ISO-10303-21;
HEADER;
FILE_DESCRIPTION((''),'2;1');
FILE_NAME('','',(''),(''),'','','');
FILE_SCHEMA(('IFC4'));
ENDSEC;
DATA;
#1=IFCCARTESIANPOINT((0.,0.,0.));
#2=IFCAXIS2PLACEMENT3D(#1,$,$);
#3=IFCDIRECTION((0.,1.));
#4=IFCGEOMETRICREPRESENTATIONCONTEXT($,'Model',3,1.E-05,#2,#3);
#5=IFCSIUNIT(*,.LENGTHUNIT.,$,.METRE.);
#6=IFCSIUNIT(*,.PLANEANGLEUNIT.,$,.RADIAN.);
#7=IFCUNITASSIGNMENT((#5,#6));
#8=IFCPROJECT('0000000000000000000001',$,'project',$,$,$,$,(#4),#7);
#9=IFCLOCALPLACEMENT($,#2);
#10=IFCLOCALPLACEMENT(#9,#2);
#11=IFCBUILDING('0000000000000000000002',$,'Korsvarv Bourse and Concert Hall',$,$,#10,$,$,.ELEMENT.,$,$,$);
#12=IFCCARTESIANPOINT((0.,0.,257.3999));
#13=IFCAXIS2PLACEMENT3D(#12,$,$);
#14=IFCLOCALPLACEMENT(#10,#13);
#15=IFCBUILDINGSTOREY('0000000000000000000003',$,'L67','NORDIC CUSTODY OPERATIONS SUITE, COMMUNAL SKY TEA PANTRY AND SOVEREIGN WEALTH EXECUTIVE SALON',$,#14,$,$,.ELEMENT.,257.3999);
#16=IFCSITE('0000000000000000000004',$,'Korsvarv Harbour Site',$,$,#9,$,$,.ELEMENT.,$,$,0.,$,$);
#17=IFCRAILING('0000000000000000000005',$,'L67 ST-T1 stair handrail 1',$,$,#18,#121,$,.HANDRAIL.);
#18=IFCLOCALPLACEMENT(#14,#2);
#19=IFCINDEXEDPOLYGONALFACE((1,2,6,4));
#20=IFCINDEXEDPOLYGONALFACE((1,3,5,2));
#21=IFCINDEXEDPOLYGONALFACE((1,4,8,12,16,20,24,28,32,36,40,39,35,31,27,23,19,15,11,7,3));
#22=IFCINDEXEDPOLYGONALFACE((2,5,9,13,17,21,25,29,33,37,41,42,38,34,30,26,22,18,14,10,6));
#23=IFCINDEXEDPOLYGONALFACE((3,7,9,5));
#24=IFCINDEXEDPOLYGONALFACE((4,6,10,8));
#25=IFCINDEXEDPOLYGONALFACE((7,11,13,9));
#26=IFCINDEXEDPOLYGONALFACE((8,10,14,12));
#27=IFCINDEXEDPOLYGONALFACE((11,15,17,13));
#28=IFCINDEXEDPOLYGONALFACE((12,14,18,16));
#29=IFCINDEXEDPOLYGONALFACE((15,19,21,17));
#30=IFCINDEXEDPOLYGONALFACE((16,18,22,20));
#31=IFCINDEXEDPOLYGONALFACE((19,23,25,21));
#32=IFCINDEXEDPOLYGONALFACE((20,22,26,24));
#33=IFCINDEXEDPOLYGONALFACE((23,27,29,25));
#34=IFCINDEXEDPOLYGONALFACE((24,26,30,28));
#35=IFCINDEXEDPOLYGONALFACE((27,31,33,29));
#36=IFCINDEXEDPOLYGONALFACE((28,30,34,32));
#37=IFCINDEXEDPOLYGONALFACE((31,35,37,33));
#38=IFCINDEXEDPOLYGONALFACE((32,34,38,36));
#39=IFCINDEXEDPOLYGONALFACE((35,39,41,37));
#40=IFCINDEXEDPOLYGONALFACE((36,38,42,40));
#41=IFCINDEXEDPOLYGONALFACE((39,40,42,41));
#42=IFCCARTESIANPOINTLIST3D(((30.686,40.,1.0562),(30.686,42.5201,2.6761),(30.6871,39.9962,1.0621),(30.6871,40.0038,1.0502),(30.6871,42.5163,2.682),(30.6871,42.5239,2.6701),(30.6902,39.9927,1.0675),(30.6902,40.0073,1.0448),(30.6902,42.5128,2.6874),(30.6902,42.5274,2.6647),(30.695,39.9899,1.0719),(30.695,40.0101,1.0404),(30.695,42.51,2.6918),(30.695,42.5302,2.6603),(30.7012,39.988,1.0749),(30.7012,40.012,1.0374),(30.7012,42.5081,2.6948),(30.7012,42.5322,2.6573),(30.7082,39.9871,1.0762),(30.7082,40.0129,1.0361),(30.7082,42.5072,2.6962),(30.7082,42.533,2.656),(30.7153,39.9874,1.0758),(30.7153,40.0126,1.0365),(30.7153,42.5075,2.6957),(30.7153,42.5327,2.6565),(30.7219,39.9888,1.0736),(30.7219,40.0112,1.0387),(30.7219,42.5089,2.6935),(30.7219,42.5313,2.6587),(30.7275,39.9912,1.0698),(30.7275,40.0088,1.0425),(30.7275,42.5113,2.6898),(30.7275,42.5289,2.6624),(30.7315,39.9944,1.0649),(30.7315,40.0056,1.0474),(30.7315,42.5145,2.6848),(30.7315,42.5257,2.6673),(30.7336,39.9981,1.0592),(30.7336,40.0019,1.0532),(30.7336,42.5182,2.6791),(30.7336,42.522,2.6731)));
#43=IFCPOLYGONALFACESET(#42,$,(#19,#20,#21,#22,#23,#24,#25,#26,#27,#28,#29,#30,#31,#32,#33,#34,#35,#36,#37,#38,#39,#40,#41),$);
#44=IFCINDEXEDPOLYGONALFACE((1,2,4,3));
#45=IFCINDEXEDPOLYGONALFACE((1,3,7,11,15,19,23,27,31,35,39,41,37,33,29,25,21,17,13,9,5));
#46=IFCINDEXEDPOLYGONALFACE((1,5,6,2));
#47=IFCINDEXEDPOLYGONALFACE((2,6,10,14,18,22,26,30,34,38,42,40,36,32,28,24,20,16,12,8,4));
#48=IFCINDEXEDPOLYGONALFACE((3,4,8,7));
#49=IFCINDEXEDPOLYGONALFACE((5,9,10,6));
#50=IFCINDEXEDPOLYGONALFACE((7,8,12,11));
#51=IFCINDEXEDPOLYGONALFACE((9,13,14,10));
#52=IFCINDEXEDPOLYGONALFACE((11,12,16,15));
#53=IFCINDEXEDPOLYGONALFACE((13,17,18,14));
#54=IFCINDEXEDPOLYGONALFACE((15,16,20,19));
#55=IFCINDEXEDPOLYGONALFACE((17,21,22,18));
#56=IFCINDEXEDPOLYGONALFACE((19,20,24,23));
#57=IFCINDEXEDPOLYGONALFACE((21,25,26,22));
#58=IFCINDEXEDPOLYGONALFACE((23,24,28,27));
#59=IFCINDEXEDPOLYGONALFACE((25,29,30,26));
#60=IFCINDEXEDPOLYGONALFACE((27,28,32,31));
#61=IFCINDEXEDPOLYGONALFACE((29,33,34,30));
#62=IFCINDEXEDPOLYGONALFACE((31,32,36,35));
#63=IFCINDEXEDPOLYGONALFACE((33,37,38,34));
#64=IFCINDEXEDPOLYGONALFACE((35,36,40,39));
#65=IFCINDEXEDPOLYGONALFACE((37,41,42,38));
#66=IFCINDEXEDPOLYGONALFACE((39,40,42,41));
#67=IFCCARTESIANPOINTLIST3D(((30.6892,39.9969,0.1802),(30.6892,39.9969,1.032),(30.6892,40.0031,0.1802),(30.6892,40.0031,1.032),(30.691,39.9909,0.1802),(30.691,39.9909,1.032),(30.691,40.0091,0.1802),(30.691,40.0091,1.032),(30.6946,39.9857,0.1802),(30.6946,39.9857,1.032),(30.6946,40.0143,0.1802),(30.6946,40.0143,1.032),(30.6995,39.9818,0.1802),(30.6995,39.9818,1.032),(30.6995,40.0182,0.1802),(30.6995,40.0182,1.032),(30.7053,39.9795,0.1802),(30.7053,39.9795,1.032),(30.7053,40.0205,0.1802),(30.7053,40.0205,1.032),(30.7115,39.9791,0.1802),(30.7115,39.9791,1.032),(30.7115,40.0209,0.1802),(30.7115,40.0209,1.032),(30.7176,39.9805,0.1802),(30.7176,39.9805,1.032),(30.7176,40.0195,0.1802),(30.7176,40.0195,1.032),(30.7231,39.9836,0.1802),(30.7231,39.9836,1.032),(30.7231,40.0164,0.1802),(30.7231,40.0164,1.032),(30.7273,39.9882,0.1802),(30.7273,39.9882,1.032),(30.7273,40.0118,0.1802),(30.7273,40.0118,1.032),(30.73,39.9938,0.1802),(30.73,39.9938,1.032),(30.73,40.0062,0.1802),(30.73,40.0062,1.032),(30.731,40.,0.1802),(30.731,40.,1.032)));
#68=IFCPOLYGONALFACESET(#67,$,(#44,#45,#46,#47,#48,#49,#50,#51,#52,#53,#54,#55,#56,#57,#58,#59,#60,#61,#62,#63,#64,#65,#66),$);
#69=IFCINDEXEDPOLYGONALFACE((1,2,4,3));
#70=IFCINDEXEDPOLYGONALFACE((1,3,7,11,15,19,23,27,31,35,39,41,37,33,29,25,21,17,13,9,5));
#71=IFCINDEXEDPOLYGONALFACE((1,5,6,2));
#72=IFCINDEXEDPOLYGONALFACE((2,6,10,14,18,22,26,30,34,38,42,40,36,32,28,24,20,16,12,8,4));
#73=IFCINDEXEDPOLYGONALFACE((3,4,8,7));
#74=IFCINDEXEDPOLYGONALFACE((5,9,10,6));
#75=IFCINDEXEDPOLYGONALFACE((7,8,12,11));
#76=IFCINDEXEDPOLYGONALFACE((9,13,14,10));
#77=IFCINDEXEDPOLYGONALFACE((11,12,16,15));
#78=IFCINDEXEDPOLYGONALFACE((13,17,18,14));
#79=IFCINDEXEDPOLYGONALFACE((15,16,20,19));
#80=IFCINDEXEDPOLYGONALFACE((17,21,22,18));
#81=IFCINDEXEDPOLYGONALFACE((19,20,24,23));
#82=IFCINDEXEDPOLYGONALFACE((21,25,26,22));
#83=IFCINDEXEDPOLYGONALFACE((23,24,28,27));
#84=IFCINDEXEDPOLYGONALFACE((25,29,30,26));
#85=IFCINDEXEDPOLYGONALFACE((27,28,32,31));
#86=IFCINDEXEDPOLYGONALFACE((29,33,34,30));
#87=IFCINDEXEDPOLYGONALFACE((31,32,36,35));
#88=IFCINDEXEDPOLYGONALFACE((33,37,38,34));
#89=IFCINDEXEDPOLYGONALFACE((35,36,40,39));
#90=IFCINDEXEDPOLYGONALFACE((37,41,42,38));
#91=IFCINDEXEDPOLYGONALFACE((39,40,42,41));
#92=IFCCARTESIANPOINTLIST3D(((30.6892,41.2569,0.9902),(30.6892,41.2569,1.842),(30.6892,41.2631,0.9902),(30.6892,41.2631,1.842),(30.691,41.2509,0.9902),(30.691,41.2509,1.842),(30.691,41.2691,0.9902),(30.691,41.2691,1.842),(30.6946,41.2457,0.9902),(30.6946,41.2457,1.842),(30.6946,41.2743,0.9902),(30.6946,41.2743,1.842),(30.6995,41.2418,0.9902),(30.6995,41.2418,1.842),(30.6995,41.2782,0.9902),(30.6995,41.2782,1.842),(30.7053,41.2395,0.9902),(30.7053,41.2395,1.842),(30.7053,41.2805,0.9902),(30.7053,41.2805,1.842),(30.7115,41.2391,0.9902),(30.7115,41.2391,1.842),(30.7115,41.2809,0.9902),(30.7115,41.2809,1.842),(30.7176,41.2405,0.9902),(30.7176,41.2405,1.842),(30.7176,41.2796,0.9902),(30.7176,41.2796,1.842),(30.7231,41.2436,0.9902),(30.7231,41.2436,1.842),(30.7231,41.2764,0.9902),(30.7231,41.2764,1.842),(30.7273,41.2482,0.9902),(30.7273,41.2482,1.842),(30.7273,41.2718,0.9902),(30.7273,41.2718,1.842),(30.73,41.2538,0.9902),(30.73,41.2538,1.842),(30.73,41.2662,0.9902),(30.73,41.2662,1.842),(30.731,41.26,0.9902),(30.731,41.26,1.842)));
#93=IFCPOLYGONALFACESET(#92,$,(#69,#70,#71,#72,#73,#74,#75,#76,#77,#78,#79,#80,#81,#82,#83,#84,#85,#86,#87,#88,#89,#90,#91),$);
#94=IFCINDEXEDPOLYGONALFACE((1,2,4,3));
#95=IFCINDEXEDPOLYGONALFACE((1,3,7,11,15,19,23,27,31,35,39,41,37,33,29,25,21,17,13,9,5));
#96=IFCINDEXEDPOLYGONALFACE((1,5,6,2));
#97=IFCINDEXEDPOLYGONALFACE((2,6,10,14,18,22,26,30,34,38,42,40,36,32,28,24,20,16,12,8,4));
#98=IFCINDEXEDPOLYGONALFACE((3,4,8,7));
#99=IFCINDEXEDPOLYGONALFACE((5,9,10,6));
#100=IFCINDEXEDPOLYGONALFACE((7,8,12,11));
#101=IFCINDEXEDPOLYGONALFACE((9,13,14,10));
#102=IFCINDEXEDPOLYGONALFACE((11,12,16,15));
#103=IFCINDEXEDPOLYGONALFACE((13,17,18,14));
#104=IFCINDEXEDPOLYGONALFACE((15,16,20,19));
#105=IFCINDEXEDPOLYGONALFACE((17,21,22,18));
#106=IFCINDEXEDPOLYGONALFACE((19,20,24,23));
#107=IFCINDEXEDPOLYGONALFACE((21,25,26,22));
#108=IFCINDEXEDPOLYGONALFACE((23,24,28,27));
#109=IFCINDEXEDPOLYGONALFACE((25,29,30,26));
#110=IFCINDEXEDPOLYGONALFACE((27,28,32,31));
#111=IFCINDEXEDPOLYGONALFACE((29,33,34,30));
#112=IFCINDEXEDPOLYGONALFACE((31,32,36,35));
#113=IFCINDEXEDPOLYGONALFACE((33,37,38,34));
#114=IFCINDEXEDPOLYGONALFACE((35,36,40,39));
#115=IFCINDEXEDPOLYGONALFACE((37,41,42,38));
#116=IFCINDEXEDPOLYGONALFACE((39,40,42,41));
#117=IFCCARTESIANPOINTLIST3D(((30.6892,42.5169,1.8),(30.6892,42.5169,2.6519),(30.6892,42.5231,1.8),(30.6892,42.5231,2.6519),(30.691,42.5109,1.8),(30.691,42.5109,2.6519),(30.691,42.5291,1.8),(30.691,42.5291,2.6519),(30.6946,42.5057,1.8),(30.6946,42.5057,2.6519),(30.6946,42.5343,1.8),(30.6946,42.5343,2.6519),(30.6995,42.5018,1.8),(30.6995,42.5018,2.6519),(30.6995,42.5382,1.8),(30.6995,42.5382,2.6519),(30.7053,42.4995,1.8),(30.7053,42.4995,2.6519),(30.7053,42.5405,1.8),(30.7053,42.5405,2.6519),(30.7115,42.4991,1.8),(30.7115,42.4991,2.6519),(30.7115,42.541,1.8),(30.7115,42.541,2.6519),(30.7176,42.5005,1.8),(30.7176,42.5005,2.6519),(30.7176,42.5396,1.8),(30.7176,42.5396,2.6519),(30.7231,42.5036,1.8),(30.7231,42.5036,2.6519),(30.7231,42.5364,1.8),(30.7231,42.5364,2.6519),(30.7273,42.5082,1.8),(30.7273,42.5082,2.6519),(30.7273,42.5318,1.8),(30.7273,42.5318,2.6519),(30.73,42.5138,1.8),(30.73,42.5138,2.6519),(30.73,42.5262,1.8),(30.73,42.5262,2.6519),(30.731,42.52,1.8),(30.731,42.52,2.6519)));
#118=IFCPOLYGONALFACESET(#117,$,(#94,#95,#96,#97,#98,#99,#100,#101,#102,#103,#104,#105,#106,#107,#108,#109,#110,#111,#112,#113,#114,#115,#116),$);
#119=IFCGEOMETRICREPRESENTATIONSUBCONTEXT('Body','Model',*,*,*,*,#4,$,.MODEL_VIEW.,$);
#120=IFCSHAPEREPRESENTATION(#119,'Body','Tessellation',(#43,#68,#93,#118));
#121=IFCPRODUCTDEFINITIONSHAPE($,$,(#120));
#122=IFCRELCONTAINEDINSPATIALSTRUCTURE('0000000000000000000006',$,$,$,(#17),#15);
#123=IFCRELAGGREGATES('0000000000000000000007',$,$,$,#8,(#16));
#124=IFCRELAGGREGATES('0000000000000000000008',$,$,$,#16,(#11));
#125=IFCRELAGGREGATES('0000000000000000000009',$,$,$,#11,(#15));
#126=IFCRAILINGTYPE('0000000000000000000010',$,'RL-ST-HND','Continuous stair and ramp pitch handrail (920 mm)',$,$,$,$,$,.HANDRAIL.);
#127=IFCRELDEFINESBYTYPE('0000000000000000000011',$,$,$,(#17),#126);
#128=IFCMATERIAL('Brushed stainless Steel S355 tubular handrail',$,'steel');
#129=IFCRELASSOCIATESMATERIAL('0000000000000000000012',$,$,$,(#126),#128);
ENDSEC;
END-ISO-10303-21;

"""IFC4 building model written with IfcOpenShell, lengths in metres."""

from ifc_helpers import new_model, si_unit, direction, frame, origin, origin_2d, place, context, subcontext, project, spatial, circle, extrude, material, type_object, element, save


model = new_model("IFC4")

# Units and contexts
model_context = context("Model", 3, precision=1e-05, world=origin(), true_north=direction((0.0, 1.0)))
body_context = subcontext(model_context, "Body", "Model", "MODEL_VIEW")
ifc_project = project(units=[si_unit("LENGTHUNIT", "METRE"), si_unit("PLANEANGLEUNIT", "RADIAN")], contexts=[model_context])

# Site, building, storey
site_placement = place(None, origin())
site = spatial("IfcSite", under=ifc_project, at=site_placement, Name="Korsvarv Harbour Site", CompositionType="ELEMENT", RefElevation=0.0)
building_placement = place(site_placement, origin())
building = spatial("IfcBuilding", under=site, at=building_placement, Name="Korsvarv Bourse and Concert Hall", CompositionType="ELEMENT")
storey_placement = place(building_placement, frame((0.0, 0.0, 257.3999)))
storey = spatial("IfcBuildingStorey", under=building, at=storey_placement, Name="L67", Description="NORDIC CUSTODY OPERATIONS SUITE, COMMUNAL SKY TEA PANTRY AND SOVEREIGN WEALTH EXECUTIVE SALON", CompositionType="ELEMENT", Elevation=257.3999)

# Railing
ifc_material_1 = material(Name="Brushed stainless Steel S355 tubular handrail", Category="steel")
railing_type_1 = type_object("IfcRailingType", Name="RL-ST-HND", Description="Continuous stair and ramp pitch handrail (920 mm)", PredefinedType="HANDRAIL", material=ifc_material_1)
railing_1_placement = place(storey_placement, frame((30.71, 40.0, 0.1802)))
element("IfcRailing", 1, at=railing_1_placement, inside=storey, type_object=railing_type_1, Name="L67 ST-T1 stair handrail 1", PredefinedType="HANDRAIL", context=body_context, shape_type="SweptSolid", body=[
    extrude(circle(Radius=0.0239, at=origin_2d()), frame((0.0, 0.0, 0.876), z_axis=(0.0, 0.8412, 0.540725), x_axis=(-1.0, 0.0, 0.0)), (0.0, 0.0, 1.0), 2.9958),
    extrude(circle(Radius=0.021, at=origin_2d()), origin(), (0.0, 0.0, 1.0), 0.8518),
    extrude(circle(Radius=0.021, at=origin_2d()), frame((0.0, 1.26, 0.8101)), (0.0, 0.0, 1.0), 0.8518),
    extrude(circle(Radius=0.021, at=origin_2d()), frame((0.0, 2.52, 1.6199)), (0.0, 0.0, 1.0), 0.8518),
])

save(model, "model.ifc")
